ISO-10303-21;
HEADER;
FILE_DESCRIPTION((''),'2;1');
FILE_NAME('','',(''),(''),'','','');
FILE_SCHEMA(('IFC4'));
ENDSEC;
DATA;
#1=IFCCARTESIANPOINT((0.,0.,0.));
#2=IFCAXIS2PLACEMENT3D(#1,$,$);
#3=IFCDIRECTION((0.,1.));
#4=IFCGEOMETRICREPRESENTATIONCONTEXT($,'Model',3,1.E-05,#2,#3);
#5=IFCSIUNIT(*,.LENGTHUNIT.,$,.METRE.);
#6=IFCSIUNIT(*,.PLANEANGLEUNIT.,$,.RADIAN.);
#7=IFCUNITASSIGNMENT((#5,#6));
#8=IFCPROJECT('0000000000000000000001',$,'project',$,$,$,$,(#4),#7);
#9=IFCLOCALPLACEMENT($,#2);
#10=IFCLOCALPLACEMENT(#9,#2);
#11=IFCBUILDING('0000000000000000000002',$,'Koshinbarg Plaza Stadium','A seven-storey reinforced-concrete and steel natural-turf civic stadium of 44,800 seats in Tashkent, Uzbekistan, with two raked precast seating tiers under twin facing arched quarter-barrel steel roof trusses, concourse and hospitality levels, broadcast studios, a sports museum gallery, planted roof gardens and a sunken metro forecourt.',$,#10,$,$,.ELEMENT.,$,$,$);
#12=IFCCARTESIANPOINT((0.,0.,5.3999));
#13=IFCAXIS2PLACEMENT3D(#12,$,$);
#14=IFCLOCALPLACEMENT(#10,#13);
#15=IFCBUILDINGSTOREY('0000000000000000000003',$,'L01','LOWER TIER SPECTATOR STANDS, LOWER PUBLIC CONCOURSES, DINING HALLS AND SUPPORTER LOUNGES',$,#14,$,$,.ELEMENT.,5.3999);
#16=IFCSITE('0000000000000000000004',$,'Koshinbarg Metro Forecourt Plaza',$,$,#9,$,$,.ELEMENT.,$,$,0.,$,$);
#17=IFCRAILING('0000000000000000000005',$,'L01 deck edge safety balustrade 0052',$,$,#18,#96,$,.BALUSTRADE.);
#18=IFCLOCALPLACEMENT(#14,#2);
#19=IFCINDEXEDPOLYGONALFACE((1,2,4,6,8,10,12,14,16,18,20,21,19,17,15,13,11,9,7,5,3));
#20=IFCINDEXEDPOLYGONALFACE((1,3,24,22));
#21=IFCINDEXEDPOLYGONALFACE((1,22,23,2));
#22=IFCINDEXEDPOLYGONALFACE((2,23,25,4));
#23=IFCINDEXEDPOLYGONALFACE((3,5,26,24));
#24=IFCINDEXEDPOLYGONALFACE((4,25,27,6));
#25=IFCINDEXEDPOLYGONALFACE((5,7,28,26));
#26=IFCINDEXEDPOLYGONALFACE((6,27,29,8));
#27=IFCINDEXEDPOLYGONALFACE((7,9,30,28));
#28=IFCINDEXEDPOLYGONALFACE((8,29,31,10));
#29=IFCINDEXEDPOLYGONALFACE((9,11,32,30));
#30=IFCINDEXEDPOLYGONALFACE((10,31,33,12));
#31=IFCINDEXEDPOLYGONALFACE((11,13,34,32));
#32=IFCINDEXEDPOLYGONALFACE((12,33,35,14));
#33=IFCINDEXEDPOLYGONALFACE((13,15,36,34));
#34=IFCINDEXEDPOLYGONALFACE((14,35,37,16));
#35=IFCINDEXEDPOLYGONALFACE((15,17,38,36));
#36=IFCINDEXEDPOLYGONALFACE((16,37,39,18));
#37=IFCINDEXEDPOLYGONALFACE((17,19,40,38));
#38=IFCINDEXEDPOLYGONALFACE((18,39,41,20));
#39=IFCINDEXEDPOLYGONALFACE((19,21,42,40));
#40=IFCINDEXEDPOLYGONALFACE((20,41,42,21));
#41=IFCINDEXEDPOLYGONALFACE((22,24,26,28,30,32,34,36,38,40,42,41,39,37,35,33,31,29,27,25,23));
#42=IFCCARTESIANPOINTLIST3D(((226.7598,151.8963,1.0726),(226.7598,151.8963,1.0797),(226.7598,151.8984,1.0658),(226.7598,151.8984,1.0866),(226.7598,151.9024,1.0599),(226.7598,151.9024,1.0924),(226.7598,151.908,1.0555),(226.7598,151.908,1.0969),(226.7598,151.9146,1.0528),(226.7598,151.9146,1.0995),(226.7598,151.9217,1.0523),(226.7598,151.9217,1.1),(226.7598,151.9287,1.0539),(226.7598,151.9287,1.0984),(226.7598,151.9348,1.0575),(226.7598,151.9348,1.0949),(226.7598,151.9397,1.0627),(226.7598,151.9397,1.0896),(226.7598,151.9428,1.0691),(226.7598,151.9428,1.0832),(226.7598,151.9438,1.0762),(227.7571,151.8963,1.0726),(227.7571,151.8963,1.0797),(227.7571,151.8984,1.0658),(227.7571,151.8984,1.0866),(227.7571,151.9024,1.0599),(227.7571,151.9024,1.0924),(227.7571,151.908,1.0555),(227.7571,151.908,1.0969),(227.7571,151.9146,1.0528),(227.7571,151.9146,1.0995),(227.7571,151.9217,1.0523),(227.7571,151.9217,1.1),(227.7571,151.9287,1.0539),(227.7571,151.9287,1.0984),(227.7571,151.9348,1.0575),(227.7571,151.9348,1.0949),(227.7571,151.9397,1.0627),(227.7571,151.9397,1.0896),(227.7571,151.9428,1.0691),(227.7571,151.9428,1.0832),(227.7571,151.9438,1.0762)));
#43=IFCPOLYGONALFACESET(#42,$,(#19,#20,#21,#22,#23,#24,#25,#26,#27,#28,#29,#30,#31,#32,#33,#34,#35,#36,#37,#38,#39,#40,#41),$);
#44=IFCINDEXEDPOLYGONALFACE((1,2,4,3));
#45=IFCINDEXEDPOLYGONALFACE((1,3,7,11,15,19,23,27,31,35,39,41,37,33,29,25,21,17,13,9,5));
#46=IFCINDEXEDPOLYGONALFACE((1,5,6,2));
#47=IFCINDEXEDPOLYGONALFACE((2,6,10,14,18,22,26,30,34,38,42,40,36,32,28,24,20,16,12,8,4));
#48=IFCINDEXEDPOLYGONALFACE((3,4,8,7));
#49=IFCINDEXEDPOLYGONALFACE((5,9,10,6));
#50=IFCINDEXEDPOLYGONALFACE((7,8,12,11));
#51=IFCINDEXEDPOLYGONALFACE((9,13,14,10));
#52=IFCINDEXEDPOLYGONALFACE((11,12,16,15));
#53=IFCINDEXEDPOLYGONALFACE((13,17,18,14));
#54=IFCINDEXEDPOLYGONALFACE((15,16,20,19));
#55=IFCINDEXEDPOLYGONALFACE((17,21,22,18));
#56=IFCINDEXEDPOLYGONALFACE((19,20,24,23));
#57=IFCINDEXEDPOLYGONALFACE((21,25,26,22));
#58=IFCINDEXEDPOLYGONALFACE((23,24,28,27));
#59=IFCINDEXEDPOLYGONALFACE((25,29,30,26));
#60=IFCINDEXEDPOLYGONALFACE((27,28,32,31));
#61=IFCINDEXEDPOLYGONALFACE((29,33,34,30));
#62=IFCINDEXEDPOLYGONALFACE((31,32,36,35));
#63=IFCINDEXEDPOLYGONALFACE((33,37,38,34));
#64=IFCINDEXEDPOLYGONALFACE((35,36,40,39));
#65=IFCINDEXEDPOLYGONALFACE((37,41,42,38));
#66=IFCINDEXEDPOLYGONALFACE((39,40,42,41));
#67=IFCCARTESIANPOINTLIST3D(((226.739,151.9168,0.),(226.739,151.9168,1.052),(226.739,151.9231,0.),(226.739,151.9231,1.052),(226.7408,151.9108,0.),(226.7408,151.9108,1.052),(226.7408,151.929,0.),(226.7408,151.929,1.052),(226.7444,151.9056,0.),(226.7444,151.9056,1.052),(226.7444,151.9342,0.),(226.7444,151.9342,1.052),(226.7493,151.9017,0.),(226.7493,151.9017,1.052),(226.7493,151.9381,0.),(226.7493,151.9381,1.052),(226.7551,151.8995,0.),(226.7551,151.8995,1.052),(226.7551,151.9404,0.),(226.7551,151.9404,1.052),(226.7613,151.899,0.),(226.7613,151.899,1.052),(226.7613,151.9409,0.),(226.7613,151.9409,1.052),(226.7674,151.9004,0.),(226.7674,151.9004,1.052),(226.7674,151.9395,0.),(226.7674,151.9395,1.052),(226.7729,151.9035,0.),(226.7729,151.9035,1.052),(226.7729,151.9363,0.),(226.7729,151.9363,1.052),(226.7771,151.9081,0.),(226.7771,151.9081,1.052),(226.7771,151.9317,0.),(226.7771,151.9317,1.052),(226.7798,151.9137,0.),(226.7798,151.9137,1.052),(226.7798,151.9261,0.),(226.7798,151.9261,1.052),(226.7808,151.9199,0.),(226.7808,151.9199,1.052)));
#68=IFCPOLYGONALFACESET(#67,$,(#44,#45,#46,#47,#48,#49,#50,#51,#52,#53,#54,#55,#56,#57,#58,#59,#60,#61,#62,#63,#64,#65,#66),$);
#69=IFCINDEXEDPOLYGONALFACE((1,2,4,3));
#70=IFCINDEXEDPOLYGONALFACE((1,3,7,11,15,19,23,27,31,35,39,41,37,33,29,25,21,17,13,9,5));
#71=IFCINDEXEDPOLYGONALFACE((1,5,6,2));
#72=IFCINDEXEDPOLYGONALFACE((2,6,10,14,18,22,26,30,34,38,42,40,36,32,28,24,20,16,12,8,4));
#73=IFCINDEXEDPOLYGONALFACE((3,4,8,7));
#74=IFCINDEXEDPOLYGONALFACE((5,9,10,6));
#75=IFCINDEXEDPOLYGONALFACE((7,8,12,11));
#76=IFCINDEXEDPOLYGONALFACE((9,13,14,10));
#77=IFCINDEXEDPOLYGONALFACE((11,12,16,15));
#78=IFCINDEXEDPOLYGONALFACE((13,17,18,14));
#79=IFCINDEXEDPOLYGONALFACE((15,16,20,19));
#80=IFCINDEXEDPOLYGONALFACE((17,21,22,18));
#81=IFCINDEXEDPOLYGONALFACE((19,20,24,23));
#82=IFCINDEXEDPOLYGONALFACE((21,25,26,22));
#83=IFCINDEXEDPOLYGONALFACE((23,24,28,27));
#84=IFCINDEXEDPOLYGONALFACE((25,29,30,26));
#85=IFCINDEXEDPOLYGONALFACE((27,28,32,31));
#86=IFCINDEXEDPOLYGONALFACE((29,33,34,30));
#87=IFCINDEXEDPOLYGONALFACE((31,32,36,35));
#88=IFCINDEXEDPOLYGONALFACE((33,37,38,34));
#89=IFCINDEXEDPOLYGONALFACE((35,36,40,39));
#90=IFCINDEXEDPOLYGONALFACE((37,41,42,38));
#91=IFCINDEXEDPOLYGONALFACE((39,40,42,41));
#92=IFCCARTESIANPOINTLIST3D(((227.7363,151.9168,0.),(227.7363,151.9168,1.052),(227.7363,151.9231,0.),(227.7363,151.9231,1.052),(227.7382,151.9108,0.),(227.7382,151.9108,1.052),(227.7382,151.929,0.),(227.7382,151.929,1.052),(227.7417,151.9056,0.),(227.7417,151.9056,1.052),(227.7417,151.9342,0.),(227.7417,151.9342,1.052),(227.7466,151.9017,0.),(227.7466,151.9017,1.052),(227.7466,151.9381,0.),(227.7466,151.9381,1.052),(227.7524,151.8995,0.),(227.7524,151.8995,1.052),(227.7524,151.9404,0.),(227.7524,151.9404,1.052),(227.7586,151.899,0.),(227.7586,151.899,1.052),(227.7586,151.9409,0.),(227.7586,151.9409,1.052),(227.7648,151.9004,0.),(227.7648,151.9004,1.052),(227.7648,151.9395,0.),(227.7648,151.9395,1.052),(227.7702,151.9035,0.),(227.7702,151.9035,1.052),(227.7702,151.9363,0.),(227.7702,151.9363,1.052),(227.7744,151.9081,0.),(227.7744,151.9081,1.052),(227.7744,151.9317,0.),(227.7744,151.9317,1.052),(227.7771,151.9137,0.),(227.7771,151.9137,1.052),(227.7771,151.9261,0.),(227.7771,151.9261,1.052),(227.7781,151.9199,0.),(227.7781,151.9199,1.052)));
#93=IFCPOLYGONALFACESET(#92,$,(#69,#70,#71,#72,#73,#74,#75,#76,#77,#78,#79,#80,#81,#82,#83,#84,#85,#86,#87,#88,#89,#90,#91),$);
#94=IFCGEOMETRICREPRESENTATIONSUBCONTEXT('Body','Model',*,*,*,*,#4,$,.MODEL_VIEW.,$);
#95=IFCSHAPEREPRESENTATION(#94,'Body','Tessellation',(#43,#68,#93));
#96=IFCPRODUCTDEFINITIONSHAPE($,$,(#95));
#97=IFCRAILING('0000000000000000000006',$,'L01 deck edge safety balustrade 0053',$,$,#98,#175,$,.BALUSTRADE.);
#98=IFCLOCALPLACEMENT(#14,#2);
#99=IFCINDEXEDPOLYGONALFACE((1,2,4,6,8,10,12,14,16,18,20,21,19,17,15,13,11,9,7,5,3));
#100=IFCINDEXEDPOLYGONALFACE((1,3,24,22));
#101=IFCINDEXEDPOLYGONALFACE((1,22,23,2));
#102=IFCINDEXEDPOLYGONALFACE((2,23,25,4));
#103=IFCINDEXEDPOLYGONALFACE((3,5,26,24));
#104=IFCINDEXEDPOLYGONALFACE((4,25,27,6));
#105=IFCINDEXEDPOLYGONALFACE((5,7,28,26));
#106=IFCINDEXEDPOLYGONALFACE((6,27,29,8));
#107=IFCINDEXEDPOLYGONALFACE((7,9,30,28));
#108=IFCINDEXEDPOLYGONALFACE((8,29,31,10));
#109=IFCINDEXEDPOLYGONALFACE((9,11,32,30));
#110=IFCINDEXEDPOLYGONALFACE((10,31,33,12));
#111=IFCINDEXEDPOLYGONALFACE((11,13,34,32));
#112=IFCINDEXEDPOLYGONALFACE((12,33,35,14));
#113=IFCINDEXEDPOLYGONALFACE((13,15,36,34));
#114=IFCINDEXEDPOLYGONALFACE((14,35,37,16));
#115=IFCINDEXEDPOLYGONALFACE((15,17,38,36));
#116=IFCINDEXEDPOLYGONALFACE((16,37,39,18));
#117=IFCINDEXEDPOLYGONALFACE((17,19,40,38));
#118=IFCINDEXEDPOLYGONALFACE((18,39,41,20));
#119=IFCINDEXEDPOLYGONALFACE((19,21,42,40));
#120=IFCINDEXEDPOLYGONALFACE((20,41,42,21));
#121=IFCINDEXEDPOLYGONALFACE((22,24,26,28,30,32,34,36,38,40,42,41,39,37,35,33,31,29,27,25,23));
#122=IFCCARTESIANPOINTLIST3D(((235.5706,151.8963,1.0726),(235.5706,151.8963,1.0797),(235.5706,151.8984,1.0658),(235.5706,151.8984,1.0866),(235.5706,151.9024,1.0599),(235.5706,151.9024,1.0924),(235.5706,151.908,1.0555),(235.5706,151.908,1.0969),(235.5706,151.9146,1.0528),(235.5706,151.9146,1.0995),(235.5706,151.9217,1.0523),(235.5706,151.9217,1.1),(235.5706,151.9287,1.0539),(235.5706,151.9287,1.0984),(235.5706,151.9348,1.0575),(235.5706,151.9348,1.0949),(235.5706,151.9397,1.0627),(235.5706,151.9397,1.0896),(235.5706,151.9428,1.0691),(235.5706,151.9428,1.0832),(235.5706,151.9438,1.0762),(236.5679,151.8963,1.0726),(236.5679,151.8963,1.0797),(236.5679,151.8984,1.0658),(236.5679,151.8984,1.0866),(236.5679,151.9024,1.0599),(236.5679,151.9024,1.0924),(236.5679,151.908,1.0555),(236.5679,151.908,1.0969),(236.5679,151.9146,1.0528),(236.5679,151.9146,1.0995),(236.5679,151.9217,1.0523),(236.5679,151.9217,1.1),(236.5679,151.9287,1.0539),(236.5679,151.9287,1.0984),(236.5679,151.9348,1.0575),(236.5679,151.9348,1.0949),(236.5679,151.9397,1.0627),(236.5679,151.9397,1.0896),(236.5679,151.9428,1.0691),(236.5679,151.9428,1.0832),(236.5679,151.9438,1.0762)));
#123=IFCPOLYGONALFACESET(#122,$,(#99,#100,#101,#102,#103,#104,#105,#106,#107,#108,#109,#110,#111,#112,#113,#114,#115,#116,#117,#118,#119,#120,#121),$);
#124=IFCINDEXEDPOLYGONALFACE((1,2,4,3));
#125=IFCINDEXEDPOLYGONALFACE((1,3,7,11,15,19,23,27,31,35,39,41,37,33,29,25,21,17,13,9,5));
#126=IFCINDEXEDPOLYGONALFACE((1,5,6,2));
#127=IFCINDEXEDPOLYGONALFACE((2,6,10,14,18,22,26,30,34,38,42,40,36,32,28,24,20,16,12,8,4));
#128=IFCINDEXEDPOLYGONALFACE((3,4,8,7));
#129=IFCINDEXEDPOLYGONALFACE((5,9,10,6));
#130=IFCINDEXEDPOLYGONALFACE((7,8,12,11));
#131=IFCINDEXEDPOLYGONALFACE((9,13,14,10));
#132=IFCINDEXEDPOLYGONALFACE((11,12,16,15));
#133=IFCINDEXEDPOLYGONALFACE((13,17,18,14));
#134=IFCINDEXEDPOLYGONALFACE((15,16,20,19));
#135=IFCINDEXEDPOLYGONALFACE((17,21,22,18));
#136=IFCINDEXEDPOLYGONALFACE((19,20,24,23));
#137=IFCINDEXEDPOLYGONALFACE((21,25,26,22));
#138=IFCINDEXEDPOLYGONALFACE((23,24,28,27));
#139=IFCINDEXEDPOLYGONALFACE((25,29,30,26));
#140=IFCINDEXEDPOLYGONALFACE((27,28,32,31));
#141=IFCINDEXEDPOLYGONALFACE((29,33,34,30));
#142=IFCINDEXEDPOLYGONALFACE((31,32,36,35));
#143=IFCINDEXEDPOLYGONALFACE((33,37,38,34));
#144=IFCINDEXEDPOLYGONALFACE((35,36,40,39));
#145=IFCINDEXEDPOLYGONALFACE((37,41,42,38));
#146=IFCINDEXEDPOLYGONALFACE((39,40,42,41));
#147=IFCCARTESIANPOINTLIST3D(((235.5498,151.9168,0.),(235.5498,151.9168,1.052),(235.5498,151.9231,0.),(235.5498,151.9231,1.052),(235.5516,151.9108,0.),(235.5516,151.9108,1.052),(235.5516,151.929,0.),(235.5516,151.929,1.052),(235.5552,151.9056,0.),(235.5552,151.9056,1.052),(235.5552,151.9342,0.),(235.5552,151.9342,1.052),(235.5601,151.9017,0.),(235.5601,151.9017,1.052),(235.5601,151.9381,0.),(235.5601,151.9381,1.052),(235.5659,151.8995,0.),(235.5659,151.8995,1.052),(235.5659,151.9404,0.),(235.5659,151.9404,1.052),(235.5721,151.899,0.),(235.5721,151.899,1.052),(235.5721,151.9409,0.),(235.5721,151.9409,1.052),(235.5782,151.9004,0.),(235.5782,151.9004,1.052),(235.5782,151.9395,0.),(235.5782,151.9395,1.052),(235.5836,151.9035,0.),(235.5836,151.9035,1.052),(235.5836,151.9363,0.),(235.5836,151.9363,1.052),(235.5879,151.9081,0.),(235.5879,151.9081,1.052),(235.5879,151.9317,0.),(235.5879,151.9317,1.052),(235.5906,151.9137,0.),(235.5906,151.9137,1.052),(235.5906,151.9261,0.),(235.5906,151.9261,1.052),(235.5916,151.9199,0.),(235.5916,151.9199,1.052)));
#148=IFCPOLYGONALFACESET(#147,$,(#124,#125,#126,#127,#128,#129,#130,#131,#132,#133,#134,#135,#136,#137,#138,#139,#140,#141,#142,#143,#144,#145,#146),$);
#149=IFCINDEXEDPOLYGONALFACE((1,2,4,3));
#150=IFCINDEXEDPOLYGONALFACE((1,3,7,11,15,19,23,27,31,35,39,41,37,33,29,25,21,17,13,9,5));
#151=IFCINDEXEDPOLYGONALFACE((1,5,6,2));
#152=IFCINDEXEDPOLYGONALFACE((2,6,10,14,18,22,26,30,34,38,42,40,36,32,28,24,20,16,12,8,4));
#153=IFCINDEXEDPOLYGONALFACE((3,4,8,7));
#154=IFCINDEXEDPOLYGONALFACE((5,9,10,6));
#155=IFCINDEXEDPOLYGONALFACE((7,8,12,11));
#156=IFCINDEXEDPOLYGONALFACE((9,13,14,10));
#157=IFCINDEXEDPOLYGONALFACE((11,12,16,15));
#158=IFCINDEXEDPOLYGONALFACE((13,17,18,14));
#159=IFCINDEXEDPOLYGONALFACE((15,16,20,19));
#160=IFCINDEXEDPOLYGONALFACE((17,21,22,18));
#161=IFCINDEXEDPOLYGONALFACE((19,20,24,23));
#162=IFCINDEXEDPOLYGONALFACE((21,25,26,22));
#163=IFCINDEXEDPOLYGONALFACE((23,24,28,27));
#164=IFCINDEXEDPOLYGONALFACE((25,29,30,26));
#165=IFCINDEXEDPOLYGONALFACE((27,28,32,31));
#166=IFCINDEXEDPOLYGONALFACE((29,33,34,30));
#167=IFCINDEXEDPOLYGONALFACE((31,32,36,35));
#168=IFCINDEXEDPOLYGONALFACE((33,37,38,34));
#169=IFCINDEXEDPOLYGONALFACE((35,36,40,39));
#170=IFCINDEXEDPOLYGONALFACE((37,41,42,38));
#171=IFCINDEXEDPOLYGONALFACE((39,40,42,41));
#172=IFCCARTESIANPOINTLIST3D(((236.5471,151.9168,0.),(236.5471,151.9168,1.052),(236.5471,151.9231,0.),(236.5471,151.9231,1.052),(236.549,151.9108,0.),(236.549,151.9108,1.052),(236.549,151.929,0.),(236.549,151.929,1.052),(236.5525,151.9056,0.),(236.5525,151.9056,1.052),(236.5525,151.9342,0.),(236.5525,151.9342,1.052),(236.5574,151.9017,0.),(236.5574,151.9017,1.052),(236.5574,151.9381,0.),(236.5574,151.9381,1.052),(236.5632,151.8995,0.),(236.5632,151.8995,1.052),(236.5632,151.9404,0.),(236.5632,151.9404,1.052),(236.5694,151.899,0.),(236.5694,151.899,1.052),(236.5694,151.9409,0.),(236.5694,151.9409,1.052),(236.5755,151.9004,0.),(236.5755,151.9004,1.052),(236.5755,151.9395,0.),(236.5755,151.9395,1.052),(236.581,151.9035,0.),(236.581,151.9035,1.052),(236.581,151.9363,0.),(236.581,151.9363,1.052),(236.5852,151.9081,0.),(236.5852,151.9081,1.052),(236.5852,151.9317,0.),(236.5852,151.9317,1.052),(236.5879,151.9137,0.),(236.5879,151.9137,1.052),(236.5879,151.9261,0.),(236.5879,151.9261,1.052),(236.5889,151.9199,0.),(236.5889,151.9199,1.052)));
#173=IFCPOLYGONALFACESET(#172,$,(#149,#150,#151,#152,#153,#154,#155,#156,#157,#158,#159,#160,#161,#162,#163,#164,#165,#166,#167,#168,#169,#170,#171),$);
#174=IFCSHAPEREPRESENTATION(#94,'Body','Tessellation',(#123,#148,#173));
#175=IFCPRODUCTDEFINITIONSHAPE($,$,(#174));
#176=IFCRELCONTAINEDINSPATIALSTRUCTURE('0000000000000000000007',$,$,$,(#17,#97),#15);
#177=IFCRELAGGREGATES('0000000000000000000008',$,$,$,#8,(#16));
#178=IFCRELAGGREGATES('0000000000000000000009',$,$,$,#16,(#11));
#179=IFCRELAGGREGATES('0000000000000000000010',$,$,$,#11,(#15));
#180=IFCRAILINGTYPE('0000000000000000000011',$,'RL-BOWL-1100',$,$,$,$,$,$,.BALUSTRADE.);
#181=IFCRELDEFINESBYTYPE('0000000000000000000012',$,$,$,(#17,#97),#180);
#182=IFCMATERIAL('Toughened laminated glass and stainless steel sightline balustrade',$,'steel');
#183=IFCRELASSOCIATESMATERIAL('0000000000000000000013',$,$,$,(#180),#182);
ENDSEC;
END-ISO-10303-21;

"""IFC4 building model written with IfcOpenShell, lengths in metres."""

from ifc_helpers import new_model, si_unit, direction, frame, origin, origin_2d, place, context, subcontext, project, spatial, circle, extrude, material, type_object, element, save


model = new_model("IFC4")

# Units and contexts
model_context = context("Model", 3, precision=1e-05, world=origin(), true_north=direction((0.0, 1.0)))
body_context = subcontext(model_context, "Body", "Model", "MODEL_VIEW")
ifc_project = project(units=[si_unit("LENGTHUNIT", "METRE"), si_unit("PLANEANGLEUNIT", "RADIAN")], contexts=[model_context])

# Site, building, storey
site_placement = place(None, origin())
site = spatial("IfcSite", under=ifc_project, at=site_placement, Name="Koshinbarg Metro Forecourt Plaza", CompositionType="ELEMENT", RefElevation=0.0)
building_placement = place(site_placement, origin())
building = spatial("IfcBuilding", under=site, at=building_placement, Name="Koshinbarg Plaza Stadium", Description="A seven-storey reinforced-concrete and steel natural-turf civic stadium of 44,800 seats in Tashkent, Uzbekistan, with two raked precast seating tiers under twin facing arched quarter-barrel steel roof trusses, concourse and hospitality levels, broadcast studios, a sports museum gallery, planted roof gardens and a sunken metro forecourt.", CompositionType="ELEMENT")
storey_placement = place(building_placement, frame((0.0, 0.0, 5.3999)))
storey = spatial("IfcBuildingStorey", under=building, at=storey_placement, Name="L01", Description="LOWER TIER SPECTATOR STANDS, LOWER PUBLIC CONCOURSES, DINING HALLS AND SUPPORTER LOUNGES", CompositionType="ELEMENT", Elevation=5.3999)

# Railings
ifc_material_1 = material(Name="Toughened laminated glass and stainless steel sightline balustrade", Category="steel")
railing_type = type_object("IfcRailingType", Name="RL-BOWL-1100", PredefinedType="BALUSTRADE", material=ifc_material_1)
for number, where, name in (
    (1, (226.7598, 151.9199, 0.0), "L01 deck edge safety balustrade 0052"),
    (2, (235.5706, 151.9199, 0.0), "L01 deck edge safety balustrade 0053"),
):
    element("IfcRailing", number, at=place(storey_placement, frame(where)), inside=storey, type_object=railing_type, Name=name, PredefinedType="BALUSTRADE", context=body_context, shape_type="SweptSolid", body=[
        extrude(circle(Radius=0.0239, at=origin_2d()), frame((0.0, 0.0, 1.0762), z_axis=(1.0, 0.0, 0.0), x_axis=(0.0, 1.0, 0.0)), (0.0, 0.0, 1.0), 0.9973),
        extrude(circle(Radius=0.021, at=origin_2d()), origin(), (0.0, 0.0, 1.0), 1.052),
        extrude(circle(Radius=0.021, at=origin_2d()), frame((0.9973, 0.0, 0.0)), (0.0, 0.0, 1.0), 1.052),
    ])

save(model, "model.ifc")
